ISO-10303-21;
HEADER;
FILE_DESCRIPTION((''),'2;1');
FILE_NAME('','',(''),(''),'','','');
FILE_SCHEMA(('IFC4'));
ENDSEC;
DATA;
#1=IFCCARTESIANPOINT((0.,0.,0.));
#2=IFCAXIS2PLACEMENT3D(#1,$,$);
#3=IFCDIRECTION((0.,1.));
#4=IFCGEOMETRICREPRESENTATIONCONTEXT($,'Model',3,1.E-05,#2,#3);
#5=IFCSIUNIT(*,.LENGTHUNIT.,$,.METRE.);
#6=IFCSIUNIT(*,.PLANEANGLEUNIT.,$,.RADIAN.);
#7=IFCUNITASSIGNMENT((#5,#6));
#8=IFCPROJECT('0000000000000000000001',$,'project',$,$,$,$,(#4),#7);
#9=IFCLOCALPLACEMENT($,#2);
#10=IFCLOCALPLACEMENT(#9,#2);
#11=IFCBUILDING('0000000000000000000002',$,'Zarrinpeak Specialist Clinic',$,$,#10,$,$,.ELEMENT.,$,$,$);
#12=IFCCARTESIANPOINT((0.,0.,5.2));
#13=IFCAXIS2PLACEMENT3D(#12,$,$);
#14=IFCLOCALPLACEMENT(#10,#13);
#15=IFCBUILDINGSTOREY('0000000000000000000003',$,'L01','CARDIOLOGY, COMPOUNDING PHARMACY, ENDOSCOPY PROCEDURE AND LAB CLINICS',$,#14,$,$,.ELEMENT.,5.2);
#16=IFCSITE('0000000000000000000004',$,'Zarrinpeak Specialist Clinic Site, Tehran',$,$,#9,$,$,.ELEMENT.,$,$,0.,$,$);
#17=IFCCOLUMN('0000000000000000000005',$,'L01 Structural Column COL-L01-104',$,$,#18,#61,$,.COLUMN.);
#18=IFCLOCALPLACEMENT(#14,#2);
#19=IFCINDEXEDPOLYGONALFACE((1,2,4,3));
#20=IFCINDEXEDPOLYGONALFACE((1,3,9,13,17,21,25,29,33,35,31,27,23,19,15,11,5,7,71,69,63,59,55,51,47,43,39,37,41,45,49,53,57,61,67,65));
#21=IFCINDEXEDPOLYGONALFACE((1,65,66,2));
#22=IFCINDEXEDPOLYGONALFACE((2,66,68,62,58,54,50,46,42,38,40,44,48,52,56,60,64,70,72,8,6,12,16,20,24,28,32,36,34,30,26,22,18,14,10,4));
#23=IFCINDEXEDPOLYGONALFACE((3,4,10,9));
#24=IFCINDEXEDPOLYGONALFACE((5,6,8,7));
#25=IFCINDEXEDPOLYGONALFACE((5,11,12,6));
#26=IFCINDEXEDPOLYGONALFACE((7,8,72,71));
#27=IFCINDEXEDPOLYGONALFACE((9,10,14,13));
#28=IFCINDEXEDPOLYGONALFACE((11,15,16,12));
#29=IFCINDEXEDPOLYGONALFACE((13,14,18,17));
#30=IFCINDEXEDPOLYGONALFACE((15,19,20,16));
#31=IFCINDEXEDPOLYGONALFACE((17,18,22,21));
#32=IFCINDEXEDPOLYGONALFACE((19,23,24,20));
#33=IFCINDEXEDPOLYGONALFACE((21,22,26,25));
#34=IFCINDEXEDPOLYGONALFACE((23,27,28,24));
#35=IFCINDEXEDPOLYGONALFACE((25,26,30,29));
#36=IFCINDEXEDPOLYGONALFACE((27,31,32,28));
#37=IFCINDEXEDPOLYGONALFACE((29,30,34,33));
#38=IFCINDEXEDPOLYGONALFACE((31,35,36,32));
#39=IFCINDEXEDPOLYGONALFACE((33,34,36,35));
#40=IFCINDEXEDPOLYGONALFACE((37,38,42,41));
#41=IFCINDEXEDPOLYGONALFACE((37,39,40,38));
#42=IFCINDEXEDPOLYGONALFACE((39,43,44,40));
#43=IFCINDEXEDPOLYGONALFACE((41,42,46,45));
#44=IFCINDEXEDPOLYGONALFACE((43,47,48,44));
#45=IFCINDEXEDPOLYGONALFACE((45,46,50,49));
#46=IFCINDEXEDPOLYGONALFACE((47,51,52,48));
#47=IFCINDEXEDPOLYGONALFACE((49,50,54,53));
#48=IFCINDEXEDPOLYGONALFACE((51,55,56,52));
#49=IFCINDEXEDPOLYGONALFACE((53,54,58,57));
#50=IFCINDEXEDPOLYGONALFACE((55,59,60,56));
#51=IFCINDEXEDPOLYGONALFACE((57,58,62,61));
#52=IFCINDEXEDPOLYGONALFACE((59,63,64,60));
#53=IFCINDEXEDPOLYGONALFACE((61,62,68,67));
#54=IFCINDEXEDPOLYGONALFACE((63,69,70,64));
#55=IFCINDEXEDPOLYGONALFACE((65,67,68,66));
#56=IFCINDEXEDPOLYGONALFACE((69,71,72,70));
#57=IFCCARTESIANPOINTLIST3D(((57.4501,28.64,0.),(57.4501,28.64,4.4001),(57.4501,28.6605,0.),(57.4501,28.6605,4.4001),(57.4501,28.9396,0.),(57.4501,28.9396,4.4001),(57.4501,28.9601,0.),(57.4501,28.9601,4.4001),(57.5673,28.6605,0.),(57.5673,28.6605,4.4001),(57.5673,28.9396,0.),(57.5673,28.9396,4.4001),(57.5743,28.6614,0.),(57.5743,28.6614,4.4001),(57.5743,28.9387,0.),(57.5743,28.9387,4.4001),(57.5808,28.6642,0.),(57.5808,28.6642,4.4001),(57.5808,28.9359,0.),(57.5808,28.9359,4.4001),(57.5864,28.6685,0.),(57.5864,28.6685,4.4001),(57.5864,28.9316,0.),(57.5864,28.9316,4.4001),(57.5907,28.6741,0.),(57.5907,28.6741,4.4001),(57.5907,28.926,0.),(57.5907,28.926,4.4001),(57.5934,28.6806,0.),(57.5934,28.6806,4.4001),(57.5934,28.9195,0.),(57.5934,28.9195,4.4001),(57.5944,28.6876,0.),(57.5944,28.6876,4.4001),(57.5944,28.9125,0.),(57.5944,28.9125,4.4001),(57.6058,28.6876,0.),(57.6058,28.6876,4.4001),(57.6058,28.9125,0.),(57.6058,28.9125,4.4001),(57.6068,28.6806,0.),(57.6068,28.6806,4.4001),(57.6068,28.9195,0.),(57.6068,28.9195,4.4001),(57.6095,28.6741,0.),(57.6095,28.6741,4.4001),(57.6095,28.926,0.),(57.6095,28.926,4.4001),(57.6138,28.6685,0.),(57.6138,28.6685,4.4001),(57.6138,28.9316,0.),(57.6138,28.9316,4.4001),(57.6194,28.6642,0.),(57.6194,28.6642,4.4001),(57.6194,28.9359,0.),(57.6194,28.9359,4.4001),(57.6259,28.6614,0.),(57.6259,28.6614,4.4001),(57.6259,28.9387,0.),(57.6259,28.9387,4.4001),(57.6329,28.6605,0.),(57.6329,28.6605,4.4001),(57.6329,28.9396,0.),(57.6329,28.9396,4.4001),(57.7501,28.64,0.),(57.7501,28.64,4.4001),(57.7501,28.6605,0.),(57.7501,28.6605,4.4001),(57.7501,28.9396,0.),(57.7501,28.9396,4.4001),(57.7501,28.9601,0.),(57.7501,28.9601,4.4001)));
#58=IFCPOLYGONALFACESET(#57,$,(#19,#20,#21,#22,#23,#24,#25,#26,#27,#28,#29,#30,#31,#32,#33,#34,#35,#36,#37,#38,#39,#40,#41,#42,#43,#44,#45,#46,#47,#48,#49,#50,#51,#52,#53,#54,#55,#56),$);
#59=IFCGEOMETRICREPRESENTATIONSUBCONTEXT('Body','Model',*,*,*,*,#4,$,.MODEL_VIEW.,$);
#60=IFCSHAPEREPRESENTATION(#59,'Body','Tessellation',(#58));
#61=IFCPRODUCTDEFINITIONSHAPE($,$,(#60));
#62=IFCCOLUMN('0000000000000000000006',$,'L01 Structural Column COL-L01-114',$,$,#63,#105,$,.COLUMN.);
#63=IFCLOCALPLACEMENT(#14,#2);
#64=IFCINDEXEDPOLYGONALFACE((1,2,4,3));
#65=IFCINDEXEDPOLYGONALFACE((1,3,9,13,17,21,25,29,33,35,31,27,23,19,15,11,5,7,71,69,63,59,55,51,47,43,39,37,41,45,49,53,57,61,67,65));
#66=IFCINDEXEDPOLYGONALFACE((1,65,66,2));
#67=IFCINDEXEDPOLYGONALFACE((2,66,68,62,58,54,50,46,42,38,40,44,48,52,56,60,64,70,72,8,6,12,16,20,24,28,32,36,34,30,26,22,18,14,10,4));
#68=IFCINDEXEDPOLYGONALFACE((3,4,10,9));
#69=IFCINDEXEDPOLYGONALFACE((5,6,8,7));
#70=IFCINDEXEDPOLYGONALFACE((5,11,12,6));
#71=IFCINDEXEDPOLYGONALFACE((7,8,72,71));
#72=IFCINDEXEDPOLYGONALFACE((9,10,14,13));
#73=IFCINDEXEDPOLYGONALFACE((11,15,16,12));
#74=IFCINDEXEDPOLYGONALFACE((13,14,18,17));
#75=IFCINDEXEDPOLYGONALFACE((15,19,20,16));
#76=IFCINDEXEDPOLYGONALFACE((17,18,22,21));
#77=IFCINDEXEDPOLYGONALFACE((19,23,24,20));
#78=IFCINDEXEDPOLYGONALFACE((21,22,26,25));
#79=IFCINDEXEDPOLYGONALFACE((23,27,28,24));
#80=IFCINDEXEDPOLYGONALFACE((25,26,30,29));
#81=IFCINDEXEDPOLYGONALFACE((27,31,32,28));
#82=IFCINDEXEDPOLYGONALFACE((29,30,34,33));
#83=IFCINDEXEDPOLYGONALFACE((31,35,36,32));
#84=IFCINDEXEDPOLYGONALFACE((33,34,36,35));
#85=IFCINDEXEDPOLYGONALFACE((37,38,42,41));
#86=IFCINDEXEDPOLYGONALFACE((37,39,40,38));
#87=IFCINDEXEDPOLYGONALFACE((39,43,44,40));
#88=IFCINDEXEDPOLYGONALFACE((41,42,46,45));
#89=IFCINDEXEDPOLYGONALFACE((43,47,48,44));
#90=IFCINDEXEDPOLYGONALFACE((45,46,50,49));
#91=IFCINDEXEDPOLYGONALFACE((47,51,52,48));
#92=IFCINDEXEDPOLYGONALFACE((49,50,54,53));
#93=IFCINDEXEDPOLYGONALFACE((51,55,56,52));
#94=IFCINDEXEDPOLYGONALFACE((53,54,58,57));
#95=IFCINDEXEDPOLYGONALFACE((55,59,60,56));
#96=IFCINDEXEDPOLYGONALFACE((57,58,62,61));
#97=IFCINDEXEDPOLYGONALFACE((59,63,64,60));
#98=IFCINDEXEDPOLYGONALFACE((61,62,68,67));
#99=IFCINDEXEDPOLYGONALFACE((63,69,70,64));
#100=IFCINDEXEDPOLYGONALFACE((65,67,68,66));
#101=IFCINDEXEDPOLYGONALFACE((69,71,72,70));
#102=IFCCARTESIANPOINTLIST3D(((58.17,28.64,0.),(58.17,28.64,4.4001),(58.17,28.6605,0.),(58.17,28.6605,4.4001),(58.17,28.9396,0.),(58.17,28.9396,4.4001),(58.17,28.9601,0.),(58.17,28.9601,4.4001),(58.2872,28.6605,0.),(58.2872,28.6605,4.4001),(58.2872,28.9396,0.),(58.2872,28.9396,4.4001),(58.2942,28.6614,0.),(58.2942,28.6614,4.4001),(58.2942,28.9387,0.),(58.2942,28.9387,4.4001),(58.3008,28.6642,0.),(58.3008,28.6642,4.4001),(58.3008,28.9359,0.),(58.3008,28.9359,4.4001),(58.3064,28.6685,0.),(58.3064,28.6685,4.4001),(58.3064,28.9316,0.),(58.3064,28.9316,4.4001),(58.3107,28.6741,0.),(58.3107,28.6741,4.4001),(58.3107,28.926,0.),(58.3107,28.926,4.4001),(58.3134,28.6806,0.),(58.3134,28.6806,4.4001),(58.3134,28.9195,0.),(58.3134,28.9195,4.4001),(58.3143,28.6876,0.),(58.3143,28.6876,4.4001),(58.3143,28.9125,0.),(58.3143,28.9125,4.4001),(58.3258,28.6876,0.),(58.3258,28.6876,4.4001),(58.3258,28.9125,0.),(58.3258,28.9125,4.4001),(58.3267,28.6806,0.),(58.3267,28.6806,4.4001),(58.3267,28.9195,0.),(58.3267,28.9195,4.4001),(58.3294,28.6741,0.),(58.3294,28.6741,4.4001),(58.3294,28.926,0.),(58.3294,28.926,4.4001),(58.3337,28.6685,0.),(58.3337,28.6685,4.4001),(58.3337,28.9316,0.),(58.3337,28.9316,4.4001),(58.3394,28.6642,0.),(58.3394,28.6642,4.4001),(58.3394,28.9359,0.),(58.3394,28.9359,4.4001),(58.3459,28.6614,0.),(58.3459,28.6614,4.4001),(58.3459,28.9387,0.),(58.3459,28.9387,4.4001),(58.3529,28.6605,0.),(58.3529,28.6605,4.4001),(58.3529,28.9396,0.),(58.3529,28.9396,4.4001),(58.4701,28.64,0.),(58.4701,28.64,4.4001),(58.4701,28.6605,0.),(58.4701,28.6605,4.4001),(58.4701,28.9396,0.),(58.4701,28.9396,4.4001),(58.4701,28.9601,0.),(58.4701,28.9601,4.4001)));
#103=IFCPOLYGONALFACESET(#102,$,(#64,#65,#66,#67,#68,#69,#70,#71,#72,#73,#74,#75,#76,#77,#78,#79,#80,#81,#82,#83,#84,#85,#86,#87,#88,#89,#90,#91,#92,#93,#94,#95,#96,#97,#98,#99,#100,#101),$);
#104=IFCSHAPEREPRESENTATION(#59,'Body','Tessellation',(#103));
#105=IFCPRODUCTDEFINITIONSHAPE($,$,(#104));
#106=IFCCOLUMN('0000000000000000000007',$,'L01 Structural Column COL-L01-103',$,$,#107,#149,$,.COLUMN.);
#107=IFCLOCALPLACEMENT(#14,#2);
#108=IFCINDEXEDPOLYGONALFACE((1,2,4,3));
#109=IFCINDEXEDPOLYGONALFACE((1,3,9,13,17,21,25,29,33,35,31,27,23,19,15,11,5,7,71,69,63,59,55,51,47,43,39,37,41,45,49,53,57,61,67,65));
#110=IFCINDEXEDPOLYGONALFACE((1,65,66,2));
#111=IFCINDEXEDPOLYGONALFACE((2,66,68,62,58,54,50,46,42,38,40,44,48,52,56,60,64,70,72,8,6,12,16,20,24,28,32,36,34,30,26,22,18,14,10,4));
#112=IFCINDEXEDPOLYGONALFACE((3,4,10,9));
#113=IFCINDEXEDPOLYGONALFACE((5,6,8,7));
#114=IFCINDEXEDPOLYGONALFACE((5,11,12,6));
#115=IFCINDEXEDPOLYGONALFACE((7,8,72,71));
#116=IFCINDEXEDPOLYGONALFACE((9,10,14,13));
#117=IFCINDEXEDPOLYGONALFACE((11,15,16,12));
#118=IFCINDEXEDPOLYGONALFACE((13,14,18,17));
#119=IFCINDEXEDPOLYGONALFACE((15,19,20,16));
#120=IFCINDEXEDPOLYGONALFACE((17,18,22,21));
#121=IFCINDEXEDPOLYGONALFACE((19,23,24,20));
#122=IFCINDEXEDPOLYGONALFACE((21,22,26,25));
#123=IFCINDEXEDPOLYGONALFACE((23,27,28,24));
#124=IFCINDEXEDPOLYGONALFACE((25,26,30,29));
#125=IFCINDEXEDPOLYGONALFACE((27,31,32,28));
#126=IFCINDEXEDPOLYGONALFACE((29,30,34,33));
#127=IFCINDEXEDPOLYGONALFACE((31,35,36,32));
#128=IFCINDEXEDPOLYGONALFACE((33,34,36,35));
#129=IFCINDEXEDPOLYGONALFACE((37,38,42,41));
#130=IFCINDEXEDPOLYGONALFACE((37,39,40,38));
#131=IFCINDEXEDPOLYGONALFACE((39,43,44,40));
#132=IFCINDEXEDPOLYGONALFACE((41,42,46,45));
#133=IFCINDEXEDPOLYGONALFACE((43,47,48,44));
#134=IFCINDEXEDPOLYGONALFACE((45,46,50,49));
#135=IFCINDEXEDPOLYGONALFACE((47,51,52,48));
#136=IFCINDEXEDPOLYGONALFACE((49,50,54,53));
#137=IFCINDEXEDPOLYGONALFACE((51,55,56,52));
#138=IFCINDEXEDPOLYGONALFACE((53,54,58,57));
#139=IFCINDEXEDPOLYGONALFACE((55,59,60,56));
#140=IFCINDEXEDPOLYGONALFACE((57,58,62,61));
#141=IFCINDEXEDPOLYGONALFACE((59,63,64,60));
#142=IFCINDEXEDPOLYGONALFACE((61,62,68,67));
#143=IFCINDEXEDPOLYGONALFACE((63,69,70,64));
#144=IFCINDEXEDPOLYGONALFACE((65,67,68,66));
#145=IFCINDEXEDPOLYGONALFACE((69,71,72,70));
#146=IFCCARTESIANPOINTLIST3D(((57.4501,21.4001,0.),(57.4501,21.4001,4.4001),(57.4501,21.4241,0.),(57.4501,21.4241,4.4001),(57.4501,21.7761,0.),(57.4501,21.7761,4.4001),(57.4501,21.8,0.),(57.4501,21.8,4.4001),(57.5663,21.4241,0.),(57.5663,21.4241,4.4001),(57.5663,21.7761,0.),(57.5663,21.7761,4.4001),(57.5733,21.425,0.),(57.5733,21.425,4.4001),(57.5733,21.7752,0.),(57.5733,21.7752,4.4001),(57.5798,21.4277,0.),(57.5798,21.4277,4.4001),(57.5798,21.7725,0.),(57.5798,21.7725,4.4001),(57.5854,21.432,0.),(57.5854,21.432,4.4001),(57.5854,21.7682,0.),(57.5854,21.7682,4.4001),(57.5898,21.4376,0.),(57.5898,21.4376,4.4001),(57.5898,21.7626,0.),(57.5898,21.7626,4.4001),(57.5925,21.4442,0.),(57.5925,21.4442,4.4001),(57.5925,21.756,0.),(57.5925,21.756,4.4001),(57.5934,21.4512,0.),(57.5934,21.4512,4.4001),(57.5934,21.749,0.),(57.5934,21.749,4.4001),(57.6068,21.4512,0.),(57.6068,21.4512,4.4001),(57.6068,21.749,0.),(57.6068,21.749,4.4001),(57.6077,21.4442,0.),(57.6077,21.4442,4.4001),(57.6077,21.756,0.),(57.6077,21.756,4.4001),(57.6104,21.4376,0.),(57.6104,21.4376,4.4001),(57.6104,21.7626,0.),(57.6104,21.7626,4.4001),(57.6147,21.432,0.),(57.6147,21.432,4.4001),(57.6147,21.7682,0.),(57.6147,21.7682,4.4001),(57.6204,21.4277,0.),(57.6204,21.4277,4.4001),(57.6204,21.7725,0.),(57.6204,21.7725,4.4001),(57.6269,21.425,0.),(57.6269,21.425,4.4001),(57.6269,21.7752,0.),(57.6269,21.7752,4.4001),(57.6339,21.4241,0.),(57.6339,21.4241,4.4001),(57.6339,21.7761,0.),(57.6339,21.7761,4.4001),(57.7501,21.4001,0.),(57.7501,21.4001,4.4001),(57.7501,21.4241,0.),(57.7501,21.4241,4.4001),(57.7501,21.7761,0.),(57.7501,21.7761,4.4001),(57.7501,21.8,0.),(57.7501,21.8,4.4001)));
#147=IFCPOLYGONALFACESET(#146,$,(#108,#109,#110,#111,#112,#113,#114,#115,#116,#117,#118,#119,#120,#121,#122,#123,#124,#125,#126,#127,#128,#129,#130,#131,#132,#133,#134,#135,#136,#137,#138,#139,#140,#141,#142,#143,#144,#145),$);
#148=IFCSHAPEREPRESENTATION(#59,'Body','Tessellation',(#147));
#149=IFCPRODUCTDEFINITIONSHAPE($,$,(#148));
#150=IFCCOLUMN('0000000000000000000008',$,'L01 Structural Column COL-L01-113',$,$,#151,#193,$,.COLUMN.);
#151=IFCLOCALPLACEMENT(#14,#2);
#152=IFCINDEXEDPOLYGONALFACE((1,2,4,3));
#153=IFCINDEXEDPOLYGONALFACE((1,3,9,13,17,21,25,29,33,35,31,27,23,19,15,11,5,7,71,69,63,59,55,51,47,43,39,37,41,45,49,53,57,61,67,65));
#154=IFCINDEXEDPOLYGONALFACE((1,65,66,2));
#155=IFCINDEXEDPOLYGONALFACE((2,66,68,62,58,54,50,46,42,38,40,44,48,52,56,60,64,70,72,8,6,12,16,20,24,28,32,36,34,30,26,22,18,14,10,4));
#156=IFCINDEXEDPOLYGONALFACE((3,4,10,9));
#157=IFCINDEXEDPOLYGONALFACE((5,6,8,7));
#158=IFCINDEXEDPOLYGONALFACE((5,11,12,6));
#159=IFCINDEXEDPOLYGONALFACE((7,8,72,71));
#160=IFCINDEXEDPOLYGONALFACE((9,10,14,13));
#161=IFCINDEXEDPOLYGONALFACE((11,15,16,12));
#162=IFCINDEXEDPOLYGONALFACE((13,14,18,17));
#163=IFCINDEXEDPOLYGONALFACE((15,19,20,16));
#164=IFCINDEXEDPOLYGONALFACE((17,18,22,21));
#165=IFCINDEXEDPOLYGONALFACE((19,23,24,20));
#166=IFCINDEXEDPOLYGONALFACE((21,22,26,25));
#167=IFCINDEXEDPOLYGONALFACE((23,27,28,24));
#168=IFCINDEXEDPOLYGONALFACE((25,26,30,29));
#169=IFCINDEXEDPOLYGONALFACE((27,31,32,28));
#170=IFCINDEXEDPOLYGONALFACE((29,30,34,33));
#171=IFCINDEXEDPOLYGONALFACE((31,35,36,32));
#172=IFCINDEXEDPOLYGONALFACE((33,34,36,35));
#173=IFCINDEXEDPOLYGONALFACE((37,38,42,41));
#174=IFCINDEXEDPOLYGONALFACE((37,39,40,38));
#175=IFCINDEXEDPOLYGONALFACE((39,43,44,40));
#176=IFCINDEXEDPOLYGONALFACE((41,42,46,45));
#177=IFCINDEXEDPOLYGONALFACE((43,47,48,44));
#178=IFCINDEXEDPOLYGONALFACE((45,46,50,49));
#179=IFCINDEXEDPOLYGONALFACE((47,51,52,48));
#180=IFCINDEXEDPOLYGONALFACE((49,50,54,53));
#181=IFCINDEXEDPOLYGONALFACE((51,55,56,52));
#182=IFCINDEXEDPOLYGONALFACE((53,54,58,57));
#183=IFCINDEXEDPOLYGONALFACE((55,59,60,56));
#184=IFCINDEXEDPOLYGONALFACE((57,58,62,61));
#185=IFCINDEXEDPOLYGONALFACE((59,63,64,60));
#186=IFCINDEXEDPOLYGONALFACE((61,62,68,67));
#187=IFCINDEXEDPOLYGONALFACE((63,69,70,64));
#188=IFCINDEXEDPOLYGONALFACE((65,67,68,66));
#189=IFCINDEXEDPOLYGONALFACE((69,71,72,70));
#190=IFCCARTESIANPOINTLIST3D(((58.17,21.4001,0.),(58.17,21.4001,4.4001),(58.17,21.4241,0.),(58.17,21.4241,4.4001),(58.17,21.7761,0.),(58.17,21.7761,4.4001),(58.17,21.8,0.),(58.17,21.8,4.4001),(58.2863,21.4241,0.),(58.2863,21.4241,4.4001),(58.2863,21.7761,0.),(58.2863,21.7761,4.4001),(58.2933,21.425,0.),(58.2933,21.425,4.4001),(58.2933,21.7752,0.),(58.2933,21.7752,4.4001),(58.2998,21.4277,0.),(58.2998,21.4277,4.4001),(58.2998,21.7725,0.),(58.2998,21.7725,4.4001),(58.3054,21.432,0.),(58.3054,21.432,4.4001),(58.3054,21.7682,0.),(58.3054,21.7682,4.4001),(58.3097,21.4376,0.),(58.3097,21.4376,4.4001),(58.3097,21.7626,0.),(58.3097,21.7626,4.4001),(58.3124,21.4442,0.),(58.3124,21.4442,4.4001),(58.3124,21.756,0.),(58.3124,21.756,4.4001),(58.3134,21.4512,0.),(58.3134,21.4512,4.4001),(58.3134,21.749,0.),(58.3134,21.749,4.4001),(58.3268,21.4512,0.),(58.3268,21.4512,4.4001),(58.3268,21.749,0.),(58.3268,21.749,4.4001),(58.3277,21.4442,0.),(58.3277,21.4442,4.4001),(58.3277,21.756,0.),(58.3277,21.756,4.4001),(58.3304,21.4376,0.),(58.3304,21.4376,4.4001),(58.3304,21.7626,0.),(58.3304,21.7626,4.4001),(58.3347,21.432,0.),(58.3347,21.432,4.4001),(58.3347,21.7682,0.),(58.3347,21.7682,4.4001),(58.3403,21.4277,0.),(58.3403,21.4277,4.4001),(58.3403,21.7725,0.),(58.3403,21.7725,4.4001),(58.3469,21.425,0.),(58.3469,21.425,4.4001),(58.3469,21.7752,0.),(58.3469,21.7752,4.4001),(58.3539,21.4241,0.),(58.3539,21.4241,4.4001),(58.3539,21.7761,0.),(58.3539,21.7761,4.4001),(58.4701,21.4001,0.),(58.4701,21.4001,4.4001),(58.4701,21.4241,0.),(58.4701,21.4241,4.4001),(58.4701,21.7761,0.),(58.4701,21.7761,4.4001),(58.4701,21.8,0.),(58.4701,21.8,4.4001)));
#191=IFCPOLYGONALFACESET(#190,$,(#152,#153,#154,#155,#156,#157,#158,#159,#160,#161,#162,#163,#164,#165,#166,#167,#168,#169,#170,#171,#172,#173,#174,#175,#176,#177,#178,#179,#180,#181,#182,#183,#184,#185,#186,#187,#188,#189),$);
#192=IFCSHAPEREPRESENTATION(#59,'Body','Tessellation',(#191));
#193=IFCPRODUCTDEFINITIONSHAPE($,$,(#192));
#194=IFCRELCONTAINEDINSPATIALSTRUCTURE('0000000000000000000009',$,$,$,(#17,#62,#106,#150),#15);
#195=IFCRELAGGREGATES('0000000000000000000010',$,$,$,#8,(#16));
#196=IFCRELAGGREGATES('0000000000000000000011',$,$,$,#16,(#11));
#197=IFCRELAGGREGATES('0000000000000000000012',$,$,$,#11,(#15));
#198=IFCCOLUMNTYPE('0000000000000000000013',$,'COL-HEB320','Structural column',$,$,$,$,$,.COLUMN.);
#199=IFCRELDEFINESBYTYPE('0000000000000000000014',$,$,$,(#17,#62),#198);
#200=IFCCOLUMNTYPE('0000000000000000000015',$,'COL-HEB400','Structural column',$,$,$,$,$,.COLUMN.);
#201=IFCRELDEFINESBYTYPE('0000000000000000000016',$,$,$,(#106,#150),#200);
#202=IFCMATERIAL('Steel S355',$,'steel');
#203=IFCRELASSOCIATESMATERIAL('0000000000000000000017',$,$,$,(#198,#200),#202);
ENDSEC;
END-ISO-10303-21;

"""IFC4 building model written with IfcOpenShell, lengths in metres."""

from ifc_helpers import new_model, si_unit, direction, frame, origin, origin_2d, place, context, subcontext, project, spatial, i_section, extrude, material, material_profile, profile_set, type_object, element, save


model = new_model("IFC4")

# Units and contexts
model_context = context("Model", 3, precision=1e-05, world=origin(), true_north=direction((0.0, 1.0)))
body_context = subcontext(model_context, "Body", "Model", "MODEL_VIEW")
ifc_project = project(units=[si_unit("LENGTHUNIT", "METRE"), si_unit("PLANEANGLEUNIT", "RADIAN")], contexts=[model_context])

# Site, building, storey
site_placement = place(None, origin())
site = spatial("IfcSite", under=ifc_project, at=site_placement, Name="Zarrinpeak Specialist Clinic Site, Tehran", CompositionType="ELEMENT", RefElevation=0.0)
building_placement = place(site_placement, origin())
building = spatial("IfcBuilding", under=site, at=building_placement, Name="Zarrinpeak Specialist Clinic", CompositionType="ELEMENT")
storey_placement = place(building_placement, frame((0.0, 0.0, 5.2)))
storey = spatial("IfcBuildingStorey", under=building, at=storey_placement, Name="L01", Description="CARDIOLOGY, COMPOUNDING PHARMACY, ENDOSCOPY PROCEDURE AND LAB CLINICS", CompositionType="ELEMENT", Elevation=5.2)

# Columns
ifc_material_1 = material(Name="Steel S355", Category="steel")
ifc_material_profile_1 = material_profile(ifc_material_1, i_section(OverallWidth=0.3, OverallDepth=0.3201, WebThickness=0.0115, FlangeThickness=0.0205, FilletRadius=0.0271, at=origin_2d()), Name="HEB 320")
ifc_profile_set_1 = profile_set([ifc_material_profile_1], Name="Steel S355")
column_type_1 = type_object("IfcColumnType", Name="COL-HEB320", Description="Structural column", PredefinedType="COLUMN", material=ifc_profile_set_1)
for number, where, z_axis, x_axis, name in (
    (1, (57.6001, 28.8, 0.0), (0.0, 0.0, 1.0), (1.0, 0.0, 0.0), "L01 Structural Column COL-L01-104"),
    (2, (58.3201, 28.8, 0.0), (0.0, 0.0, 1.0), (1.0, 0.0, 0.0), "L01 Structural Column COL-L01-114"),
):
    element("IfcColumn", number, at=place(storey_placement, frame(where, z_axis=z_axis, x_axis=x_axis)), inside=storey, type_object=column_type_1, Name=name, PredefinedType="COLUMN", context=body_context, shape_type="SweptSolid", body=[
        extrude(i_section(OverallWidth=0.3, OverallDepth=0.3201, WebThickness=0.0115, FlangeThickness=0.0205, FilletRadius=0.0271, at=origin_2d()), origin(), (0.0, 0.0, 1.0), 4.4001),
    ])
ifc_material_profile_2 = material_profile(ifc_material_1, i_section(OverallWidth=0.3, OverallDepth=0.3999, WebThickness=0.0134, FlangeThickness=0.0239, FilletRadius=0.0271, at=origin_2d()), Name="HEB 400")
ifc_profile_set_2 = profile_set([ifc_material_profile_2], Name="Steel S355")
column_type_2 = type_object("IfcColumnType", Name="COL-HEB400", Description="Structural column", PredefinedType="COLUMN", material=ifc_profile_set_2)
for number, where, z_axis, x_axis, name in (
    (3, (57.6001, 21.6001, 0.0), (0.0, 0.0, 1.0), (1.0, 0.0, 0.0), "L01 Structural Column COL-L01-103"),
    (4, (58.3201, 21.6001, 0.0), (0.0, 0.0, 1.0), (1.0, 0.0, 0.0), "L01 Structural Column COL-L01-113"),
):
    element("IfcColumn", number, at=place(storey_placement, frame(where, z_axis=z_axis, x_axis=x_axis)), inside=storey, type_object=column_type_2, Name=name, PredefinedType="COLUMN", context=body_context, shape_type="SweptSolid", body=[
        extrude(i_section(OverallWidth=0.3, OverallDepth=0.3999, WebThickness=0.0134, FlangeThickness=0.0239, FilletRadius=0.0271, at=origin_2d()), origin(), (0.0, 0.0, 1.0), 4.4001),
    ])

save(model, "model.ifc")
